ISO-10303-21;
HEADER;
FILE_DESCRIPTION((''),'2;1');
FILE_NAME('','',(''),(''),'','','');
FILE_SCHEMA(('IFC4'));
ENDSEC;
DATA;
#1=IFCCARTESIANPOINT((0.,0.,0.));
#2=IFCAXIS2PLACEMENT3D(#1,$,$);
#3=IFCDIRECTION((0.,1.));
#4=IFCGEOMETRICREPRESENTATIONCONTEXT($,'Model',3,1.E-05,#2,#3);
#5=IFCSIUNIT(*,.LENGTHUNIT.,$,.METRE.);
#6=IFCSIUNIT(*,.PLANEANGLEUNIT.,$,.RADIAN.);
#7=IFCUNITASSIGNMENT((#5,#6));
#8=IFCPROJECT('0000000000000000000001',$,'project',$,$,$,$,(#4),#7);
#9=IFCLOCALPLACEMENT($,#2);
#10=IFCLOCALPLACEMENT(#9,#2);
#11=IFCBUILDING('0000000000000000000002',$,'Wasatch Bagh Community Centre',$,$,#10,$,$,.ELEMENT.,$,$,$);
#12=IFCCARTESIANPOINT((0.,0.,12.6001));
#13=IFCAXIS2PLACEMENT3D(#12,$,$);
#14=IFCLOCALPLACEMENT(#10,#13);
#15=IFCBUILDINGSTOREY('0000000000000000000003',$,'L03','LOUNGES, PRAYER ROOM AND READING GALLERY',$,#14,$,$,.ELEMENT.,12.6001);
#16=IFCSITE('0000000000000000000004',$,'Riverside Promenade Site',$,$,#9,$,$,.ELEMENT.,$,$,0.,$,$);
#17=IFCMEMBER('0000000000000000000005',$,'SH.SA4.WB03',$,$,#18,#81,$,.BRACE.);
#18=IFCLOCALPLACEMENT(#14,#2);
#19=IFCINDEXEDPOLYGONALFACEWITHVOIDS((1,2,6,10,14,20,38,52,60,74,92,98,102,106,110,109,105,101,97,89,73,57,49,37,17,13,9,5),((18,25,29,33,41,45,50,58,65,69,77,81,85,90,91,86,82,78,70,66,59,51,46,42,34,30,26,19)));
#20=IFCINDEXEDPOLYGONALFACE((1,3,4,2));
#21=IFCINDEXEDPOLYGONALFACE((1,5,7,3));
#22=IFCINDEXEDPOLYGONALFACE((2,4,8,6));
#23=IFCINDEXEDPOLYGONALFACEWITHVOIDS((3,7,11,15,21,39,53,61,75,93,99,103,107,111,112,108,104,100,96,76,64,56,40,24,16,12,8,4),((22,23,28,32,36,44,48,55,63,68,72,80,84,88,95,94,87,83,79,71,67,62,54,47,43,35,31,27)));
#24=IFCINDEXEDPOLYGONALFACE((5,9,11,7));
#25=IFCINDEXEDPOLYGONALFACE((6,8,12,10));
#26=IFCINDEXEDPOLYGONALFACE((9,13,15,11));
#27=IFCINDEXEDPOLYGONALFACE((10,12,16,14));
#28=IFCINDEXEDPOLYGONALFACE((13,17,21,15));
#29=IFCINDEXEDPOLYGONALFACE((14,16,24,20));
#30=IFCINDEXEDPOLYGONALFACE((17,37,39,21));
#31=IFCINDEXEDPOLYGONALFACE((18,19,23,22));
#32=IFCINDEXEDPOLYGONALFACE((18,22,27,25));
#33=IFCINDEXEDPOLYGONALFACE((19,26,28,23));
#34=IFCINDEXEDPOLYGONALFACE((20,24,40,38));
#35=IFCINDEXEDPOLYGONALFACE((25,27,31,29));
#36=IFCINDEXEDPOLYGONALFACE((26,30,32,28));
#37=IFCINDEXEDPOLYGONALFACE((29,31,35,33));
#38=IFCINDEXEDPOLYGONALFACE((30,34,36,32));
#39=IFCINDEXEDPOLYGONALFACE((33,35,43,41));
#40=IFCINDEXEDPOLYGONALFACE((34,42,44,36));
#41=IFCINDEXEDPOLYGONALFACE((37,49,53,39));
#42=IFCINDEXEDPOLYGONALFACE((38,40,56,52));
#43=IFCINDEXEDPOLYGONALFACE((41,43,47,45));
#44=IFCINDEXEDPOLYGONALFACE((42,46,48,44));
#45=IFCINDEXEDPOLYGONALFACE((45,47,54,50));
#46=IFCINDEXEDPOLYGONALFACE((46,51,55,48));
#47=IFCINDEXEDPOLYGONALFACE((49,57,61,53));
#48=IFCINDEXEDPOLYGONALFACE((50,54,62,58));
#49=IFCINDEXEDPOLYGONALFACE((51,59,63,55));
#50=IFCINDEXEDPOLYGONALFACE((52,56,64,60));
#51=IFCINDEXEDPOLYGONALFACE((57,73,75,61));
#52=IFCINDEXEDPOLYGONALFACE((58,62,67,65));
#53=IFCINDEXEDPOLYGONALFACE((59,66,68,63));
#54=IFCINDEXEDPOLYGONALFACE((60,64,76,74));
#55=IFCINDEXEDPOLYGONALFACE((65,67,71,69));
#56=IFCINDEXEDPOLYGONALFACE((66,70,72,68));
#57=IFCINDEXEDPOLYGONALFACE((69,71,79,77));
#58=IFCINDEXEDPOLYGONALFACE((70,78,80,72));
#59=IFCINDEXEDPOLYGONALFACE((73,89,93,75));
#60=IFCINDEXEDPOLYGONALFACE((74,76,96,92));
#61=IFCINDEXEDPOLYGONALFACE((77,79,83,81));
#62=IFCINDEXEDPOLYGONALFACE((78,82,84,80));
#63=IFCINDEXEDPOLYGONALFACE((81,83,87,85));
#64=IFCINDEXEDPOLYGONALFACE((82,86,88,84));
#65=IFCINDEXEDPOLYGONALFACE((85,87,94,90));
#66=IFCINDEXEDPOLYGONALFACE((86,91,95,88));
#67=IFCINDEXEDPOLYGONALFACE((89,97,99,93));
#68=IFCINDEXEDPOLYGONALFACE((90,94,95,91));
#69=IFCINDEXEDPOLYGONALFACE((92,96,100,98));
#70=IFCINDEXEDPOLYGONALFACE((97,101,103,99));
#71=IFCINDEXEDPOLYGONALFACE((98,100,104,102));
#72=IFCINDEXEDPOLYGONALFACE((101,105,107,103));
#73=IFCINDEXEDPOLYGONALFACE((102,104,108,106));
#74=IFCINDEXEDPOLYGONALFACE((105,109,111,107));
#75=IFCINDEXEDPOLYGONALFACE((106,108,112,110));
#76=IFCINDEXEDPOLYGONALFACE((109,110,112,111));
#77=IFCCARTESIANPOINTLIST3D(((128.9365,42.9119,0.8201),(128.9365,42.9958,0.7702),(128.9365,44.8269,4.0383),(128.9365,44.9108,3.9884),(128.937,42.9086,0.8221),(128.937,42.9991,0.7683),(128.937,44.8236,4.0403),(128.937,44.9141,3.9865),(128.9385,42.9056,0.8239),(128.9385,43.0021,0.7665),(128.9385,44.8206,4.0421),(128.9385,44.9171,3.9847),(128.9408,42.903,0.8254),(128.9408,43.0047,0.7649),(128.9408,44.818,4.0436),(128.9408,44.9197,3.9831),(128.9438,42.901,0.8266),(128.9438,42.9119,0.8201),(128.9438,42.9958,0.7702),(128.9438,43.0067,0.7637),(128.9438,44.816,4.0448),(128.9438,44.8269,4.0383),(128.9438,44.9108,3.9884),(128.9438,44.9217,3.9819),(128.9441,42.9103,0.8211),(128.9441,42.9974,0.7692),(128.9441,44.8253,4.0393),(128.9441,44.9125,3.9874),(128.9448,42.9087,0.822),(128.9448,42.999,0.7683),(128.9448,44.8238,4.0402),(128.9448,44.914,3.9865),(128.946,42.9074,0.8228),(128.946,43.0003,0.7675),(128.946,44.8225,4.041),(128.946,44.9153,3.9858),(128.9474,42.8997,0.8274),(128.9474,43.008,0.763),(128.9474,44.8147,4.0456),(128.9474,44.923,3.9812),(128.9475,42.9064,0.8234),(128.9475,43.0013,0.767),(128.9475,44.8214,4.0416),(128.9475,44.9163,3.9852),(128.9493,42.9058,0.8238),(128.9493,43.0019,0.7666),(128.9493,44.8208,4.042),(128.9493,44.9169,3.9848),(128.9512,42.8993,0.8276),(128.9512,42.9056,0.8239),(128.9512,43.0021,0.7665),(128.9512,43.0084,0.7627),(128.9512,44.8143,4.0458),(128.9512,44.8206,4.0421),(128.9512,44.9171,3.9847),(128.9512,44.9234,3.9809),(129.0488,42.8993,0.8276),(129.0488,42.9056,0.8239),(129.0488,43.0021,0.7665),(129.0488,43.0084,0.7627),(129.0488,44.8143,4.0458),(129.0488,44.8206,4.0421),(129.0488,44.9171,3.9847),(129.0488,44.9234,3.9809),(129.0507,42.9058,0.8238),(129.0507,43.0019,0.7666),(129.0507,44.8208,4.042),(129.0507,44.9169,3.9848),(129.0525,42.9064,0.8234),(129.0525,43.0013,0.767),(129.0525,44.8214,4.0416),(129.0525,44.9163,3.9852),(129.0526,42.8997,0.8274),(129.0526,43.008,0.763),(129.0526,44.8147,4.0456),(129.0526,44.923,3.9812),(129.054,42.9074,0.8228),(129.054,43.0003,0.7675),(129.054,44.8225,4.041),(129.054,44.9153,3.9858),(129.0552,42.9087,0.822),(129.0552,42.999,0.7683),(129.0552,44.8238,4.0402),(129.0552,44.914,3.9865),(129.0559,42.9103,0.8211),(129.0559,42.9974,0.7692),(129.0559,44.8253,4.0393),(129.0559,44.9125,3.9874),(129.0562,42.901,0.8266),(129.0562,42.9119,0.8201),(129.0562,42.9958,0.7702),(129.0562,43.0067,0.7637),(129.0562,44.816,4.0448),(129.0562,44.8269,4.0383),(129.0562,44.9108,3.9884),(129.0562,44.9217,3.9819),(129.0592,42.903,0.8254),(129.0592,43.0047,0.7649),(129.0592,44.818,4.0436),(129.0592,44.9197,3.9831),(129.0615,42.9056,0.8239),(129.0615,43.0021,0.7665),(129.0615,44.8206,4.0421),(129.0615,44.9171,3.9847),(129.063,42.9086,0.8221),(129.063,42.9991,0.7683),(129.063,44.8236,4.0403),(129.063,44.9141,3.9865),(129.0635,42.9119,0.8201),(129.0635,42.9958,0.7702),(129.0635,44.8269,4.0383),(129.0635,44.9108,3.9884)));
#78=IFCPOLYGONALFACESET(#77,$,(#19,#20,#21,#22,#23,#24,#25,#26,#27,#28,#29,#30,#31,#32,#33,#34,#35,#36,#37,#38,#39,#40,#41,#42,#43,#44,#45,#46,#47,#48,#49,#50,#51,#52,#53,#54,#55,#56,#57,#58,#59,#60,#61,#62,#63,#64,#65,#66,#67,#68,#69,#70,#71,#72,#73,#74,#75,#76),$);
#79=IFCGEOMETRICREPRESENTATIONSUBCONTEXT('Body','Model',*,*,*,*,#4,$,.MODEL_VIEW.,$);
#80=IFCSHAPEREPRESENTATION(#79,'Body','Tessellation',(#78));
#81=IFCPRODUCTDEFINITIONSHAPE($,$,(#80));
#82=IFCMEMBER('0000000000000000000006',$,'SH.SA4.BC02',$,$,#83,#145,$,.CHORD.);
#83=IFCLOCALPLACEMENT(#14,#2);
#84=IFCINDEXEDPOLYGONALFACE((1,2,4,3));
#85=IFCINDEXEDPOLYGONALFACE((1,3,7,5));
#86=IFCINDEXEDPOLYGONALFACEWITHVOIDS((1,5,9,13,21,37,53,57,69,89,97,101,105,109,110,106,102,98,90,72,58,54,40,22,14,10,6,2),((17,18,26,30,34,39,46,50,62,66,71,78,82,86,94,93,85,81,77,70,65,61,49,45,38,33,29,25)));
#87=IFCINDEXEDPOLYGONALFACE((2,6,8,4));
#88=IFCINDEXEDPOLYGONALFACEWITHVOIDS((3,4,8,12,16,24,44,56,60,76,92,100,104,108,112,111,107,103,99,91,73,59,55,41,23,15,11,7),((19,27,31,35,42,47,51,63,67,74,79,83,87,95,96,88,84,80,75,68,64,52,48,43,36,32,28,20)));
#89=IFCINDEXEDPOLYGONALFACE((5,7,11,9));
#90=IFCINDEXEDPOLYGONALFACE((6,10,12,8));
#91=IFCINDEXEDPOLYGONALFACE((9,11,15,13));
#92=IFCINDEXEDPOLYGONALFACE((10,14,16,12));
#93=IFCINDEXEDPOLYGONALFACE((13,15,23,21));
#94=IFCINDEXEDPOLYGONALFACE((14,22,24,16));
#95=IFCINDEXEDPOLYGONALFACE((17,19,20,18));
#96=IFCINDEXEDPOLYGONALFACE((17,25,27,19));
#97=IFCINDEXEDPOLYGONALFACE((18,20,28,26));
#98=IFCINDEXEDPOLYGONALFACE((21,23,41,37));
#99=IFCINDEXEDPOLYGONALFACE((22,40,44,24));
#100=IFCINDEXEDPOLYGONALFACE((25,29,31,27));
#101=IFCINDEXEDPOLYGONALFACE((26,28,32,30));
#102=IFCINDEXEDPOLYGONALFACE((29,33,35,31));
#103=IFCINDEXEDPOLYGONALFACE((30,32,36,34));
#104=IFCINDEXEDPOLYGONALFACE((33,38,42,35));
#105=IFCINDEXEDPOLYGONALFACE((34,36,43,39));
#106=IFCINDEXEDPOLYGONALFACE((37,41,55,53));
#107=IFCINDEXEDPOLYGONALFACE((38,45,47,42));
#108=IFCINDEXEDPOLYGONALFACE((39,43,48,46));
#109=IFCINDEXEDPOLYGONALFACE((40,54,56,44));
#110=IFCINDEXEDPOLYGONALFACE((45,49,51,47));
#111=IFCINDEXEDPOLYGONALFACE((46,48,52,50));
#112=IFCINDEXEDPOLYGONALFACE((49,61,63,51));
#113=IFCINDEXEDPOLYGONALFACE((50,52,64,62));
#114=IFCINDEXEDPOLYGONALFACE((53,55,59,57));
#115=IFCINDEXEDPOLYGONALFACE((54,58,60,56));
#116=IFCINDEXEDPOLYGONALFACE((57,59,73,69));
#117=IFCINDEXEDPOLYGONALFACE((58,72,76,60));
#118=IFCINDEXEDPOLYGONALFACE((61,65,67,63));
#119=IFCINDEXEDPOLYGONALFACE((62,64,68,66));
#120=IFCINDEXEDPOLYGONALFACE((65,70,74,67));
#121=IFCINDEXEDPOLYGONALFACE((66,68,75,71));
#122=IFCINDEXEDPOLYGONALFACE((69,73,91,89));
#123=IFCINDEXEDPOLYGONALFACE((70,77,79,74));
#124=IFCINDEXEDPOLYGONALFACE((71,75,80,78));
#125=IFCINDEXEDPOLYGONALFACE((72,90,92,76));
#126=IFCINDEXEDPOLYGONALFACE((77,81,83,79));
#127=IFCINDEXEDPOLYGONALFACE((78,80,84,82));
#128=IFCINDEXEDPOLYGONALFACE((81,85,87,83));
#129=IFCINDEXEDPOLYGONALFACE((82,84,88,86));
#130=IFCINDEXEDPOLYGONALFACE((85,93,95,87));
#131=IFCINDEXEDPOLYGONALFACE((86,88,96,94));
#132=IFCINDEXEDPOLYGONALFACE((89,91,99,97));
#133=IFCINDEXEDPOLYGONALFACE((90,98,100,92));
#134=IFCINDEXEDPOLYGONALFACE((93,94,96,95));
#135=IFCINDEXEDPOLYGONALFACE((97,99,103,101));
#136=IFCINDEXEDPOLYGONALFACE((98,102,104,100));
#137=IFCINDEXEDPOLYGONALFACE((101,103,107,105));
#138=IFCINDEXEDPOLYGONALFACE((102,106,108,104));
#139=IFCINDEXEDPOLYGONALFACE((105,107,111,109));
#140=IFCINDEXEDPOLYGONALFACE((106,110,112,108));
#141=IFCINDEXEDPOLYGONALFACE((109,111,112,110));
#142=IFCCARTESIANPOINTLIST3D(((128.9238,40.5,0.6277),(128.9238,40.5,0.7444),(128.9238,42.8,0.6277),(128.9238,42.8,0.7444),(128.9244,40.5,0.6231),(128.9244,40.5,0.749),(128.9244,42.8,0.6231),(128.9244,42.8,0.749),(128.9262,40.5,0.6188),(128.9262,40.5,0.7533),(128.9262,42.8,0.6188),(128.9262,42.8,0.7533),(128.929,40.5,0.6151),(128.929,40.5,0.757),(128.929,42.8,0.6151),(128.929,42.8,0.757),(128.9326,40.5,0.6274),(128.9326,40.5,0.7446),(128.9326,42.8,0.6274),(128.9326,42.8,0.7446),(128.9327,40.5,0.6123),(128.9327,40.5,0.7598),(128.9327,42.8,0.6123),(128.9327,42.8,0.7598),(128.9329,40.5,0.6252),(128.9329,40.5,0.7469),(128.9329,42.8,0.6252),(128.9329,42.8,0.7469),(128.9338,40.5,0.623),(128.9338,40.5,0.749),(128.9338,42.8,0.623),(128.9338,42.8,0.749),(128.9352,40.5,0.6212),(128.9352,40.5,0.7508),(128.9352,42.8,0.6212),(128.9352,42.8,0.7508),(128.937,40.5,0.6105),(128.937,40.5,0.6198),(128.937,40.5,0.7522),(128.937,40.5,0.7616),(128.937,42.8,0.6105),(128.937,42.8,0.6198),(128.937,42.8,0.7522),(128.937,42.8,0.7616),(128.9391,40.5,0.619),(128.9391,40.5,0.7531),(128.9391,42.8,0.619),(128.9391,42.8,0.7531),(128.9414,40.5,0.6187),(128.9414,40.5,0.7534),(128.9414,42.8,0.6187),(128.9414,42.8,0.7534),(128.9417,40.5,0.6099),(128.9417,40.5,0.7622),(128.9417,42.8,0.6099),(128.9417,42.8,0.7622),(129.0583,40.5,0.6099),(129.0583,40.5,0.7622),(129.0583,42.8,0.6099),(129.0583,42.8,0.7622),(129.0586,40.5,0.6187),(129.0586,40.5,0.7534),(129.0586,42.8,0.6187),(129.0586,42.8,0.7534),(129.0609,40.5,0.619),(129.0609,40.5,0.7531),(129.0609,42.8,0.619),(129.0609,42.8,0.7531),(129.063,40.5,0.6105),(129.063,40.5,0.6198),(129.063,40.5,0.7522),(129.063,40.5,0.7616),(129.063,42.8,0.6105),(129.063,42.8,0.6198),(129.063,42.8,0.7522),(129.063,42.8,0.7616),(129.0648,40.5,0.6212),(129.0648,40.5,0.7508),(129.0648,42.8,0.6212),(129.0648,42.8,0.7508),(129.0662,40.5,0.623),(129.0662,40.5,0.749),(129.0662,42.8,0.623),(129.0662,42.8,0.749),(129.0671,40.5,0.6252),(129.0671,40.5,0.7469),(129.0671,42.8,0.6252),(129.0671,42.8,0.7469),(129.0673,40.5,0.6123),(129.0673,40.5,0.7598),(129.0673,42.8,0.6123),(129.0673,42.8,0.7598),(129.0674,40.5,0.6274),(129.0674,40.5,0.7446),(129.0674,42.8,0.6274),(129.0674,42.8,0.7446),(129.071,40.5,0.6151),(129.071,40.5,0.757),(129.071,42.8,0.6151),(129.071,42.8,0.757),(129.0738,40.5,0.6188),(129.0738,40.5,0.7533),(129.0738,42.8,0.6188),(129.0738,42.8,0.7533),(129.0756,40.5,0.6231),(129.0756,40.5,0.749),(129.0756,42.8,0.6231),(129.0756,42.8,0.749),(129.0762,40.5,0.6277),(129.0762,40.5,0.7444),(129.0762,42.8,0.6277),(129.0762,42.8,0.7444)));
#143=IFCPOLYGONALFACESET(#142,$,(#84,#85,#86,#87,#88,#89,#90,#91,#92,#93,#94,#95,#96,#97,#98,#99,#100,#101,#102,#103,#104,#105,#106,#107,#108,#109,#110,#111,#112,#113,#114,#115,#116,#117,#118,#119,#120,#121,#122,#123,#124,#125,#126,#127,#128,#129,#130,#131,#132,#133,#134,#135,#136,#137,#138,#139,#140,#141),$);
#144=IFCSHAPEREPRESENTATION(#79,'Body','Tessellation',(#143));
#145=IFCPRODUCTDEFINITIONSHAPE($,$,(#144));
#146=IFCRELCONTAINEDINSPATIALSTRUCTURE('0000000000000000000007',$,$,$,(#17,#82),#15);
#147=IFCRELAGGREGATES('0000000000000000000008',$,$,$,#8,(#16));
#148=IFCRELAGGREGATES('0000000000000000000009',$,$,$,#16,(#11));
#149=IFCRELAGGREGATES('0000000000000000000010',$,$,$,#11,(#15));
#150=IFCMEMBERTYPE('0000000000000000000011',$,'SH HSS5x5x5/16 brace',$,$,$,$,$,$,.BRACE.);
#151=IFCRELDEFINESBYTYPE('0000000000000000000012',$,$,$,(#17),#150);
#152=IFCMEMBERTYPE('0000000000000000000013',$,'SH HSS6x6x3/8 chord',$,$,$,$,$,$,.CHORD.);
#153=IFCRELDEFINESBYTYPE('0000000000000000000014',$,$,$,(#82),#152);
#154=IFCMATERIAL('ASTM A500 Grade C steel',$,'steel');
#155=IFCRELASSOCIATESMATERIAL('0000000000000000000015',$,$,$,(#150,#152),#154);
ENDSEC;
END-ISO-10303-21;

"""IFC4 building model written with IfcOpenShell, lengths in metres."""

from ifc_helpers import new_model, si_unit, direction, frame, origin, origin_2d, place, context, subcontext, project, spatial, hollow_rectangle, extrude, material, material_profile, profile_set, type_object, element, save


model = new_model("IFC4")

# Units and contexts
model_context = context("Model", 3, precision=1e-05, world=origin(), true_north=direction((0.0, 1.0)))
body_context = subcontext(model_context, "Body", "Model", "MODEL_VIEW")
ifc_project = project(units=[si_unit("LENGTHUNIT", "METRE"), si_unit("PLANEANGLEUNIT", "RADIAN")], contexts=[model_context])

# Site, building, storey
site_placement = place(None, origin())
site = spatial("IfcSite", under=ifc_project, at=site_placement, Name="Riverside Promenade Site", CompositionType="ELEMENT", RefElevation=0.0)
building_placement = place(site_placement, origin())
building = spatial("IfcBuilding", under=site, at=building_placement, Name="Wasatch Bagh Community Centre", CompositionType="ELEMENT")
storey_placement = place(building_placement, frame((0.0, 0.0, 12.6001)))
storey = spatial("IfcBuildingStorey", under=building, at=storey_placement, Name="L03", Description="LOUNGES, PRAYER ROOM AND READING GALLERY", CompositionType="ELEMENT", Elevation=12.6001)

# Members
ifc_material_1 = material(Name="ASTM A500 Grade C steel", Category="steel")
ifc_material_profile_1 = material_profile(ifc_material_1, hollow_rectangle(XDim=0.127, YDim=0.127, WallThickness=0.0073, InnerFilletRadius=0.0073, OuterFilletRadius=0.0146, at=origin_2d()), Name="HSS5x5x5/16")
ifc_profile_set_1 = profile_set([ifc_material_profile_1], Name="ASTM A500 Grade C steel")
member_type_1 = type_object("IfcMemberType", Name="SH HSS5x5x5/16 brace", PredefinedType="BRACE", material=ifc_profile_set_1)
member_1_placement = place(storey_placement, frame((129.0, 42.9539, 0.7952), z_axis=(0.0, 0.511367, 0.859362), x_axis=(-1.0, 0.0, 0.0)))
element("IfcMember", 1, at=member_1_placement, inside=storey, type_object=member_type_1, Name="SH.SA4.WB03", PredefinedType="BRACE", context=body_context, shape_type="SweptSolid", body=[
    extrude(hollow_rectangle(XDim=0.127, YDim=0.127, WallThickness=0.0073, InnerFilletRadius=0.0073, OuterFilletRadius=0.0146, at=origin_2d()), origin(), (0.0, 0.0, 1.0), 3.7449),
])
ifc_material_profile_2 = material_profile(ifc_material_1, hollow_rectangle(XDim=0.1523, YDim=0.1523, WallThickness=0.0088, InnerFilletRadius=0.0088, OuterFilletRadius=0.0178, at=origin_2d()), Name="HSS6x6x3/8")
ifc_profile_set_2 = profile_set([ifc_material_profile_2], Name="ASTM A500 Grade C steel")
member_type_2 = type_object("IfcMemberType", Name="SH HSS6x6x3/8 chord", PredefinedType="CHORD", material=ifc_profile_set_2)
for number, where, z_axis, x_axis, name in (
    (2, (129.0, 40.5, 0.686), (0.0, 1.0, 0.0), (-1.0, 0.0, 0.0), "SH.SA4.BC02"),
):
    element("IfcMember", number, at=place(storey_placement, frame(where, z_axis=z_axis, x_axis=x_axis)), inside=storey, type_object=member_type_2, Name=name, PredefinedType="CHORD", context=body_context, shape_type="SweptSolid", body=[
        extrude(hollow_rectangle(XDim=0.1523, YDim=0.1523, WallThickness=0.0088, InnerFilletRadius=0.0088, OuterFilletRadius=0.0178, at=origin_2d()), origin(), (0.0, 0.0, 1.0), 2.3),
    ])

save(model, "model.ifc")
